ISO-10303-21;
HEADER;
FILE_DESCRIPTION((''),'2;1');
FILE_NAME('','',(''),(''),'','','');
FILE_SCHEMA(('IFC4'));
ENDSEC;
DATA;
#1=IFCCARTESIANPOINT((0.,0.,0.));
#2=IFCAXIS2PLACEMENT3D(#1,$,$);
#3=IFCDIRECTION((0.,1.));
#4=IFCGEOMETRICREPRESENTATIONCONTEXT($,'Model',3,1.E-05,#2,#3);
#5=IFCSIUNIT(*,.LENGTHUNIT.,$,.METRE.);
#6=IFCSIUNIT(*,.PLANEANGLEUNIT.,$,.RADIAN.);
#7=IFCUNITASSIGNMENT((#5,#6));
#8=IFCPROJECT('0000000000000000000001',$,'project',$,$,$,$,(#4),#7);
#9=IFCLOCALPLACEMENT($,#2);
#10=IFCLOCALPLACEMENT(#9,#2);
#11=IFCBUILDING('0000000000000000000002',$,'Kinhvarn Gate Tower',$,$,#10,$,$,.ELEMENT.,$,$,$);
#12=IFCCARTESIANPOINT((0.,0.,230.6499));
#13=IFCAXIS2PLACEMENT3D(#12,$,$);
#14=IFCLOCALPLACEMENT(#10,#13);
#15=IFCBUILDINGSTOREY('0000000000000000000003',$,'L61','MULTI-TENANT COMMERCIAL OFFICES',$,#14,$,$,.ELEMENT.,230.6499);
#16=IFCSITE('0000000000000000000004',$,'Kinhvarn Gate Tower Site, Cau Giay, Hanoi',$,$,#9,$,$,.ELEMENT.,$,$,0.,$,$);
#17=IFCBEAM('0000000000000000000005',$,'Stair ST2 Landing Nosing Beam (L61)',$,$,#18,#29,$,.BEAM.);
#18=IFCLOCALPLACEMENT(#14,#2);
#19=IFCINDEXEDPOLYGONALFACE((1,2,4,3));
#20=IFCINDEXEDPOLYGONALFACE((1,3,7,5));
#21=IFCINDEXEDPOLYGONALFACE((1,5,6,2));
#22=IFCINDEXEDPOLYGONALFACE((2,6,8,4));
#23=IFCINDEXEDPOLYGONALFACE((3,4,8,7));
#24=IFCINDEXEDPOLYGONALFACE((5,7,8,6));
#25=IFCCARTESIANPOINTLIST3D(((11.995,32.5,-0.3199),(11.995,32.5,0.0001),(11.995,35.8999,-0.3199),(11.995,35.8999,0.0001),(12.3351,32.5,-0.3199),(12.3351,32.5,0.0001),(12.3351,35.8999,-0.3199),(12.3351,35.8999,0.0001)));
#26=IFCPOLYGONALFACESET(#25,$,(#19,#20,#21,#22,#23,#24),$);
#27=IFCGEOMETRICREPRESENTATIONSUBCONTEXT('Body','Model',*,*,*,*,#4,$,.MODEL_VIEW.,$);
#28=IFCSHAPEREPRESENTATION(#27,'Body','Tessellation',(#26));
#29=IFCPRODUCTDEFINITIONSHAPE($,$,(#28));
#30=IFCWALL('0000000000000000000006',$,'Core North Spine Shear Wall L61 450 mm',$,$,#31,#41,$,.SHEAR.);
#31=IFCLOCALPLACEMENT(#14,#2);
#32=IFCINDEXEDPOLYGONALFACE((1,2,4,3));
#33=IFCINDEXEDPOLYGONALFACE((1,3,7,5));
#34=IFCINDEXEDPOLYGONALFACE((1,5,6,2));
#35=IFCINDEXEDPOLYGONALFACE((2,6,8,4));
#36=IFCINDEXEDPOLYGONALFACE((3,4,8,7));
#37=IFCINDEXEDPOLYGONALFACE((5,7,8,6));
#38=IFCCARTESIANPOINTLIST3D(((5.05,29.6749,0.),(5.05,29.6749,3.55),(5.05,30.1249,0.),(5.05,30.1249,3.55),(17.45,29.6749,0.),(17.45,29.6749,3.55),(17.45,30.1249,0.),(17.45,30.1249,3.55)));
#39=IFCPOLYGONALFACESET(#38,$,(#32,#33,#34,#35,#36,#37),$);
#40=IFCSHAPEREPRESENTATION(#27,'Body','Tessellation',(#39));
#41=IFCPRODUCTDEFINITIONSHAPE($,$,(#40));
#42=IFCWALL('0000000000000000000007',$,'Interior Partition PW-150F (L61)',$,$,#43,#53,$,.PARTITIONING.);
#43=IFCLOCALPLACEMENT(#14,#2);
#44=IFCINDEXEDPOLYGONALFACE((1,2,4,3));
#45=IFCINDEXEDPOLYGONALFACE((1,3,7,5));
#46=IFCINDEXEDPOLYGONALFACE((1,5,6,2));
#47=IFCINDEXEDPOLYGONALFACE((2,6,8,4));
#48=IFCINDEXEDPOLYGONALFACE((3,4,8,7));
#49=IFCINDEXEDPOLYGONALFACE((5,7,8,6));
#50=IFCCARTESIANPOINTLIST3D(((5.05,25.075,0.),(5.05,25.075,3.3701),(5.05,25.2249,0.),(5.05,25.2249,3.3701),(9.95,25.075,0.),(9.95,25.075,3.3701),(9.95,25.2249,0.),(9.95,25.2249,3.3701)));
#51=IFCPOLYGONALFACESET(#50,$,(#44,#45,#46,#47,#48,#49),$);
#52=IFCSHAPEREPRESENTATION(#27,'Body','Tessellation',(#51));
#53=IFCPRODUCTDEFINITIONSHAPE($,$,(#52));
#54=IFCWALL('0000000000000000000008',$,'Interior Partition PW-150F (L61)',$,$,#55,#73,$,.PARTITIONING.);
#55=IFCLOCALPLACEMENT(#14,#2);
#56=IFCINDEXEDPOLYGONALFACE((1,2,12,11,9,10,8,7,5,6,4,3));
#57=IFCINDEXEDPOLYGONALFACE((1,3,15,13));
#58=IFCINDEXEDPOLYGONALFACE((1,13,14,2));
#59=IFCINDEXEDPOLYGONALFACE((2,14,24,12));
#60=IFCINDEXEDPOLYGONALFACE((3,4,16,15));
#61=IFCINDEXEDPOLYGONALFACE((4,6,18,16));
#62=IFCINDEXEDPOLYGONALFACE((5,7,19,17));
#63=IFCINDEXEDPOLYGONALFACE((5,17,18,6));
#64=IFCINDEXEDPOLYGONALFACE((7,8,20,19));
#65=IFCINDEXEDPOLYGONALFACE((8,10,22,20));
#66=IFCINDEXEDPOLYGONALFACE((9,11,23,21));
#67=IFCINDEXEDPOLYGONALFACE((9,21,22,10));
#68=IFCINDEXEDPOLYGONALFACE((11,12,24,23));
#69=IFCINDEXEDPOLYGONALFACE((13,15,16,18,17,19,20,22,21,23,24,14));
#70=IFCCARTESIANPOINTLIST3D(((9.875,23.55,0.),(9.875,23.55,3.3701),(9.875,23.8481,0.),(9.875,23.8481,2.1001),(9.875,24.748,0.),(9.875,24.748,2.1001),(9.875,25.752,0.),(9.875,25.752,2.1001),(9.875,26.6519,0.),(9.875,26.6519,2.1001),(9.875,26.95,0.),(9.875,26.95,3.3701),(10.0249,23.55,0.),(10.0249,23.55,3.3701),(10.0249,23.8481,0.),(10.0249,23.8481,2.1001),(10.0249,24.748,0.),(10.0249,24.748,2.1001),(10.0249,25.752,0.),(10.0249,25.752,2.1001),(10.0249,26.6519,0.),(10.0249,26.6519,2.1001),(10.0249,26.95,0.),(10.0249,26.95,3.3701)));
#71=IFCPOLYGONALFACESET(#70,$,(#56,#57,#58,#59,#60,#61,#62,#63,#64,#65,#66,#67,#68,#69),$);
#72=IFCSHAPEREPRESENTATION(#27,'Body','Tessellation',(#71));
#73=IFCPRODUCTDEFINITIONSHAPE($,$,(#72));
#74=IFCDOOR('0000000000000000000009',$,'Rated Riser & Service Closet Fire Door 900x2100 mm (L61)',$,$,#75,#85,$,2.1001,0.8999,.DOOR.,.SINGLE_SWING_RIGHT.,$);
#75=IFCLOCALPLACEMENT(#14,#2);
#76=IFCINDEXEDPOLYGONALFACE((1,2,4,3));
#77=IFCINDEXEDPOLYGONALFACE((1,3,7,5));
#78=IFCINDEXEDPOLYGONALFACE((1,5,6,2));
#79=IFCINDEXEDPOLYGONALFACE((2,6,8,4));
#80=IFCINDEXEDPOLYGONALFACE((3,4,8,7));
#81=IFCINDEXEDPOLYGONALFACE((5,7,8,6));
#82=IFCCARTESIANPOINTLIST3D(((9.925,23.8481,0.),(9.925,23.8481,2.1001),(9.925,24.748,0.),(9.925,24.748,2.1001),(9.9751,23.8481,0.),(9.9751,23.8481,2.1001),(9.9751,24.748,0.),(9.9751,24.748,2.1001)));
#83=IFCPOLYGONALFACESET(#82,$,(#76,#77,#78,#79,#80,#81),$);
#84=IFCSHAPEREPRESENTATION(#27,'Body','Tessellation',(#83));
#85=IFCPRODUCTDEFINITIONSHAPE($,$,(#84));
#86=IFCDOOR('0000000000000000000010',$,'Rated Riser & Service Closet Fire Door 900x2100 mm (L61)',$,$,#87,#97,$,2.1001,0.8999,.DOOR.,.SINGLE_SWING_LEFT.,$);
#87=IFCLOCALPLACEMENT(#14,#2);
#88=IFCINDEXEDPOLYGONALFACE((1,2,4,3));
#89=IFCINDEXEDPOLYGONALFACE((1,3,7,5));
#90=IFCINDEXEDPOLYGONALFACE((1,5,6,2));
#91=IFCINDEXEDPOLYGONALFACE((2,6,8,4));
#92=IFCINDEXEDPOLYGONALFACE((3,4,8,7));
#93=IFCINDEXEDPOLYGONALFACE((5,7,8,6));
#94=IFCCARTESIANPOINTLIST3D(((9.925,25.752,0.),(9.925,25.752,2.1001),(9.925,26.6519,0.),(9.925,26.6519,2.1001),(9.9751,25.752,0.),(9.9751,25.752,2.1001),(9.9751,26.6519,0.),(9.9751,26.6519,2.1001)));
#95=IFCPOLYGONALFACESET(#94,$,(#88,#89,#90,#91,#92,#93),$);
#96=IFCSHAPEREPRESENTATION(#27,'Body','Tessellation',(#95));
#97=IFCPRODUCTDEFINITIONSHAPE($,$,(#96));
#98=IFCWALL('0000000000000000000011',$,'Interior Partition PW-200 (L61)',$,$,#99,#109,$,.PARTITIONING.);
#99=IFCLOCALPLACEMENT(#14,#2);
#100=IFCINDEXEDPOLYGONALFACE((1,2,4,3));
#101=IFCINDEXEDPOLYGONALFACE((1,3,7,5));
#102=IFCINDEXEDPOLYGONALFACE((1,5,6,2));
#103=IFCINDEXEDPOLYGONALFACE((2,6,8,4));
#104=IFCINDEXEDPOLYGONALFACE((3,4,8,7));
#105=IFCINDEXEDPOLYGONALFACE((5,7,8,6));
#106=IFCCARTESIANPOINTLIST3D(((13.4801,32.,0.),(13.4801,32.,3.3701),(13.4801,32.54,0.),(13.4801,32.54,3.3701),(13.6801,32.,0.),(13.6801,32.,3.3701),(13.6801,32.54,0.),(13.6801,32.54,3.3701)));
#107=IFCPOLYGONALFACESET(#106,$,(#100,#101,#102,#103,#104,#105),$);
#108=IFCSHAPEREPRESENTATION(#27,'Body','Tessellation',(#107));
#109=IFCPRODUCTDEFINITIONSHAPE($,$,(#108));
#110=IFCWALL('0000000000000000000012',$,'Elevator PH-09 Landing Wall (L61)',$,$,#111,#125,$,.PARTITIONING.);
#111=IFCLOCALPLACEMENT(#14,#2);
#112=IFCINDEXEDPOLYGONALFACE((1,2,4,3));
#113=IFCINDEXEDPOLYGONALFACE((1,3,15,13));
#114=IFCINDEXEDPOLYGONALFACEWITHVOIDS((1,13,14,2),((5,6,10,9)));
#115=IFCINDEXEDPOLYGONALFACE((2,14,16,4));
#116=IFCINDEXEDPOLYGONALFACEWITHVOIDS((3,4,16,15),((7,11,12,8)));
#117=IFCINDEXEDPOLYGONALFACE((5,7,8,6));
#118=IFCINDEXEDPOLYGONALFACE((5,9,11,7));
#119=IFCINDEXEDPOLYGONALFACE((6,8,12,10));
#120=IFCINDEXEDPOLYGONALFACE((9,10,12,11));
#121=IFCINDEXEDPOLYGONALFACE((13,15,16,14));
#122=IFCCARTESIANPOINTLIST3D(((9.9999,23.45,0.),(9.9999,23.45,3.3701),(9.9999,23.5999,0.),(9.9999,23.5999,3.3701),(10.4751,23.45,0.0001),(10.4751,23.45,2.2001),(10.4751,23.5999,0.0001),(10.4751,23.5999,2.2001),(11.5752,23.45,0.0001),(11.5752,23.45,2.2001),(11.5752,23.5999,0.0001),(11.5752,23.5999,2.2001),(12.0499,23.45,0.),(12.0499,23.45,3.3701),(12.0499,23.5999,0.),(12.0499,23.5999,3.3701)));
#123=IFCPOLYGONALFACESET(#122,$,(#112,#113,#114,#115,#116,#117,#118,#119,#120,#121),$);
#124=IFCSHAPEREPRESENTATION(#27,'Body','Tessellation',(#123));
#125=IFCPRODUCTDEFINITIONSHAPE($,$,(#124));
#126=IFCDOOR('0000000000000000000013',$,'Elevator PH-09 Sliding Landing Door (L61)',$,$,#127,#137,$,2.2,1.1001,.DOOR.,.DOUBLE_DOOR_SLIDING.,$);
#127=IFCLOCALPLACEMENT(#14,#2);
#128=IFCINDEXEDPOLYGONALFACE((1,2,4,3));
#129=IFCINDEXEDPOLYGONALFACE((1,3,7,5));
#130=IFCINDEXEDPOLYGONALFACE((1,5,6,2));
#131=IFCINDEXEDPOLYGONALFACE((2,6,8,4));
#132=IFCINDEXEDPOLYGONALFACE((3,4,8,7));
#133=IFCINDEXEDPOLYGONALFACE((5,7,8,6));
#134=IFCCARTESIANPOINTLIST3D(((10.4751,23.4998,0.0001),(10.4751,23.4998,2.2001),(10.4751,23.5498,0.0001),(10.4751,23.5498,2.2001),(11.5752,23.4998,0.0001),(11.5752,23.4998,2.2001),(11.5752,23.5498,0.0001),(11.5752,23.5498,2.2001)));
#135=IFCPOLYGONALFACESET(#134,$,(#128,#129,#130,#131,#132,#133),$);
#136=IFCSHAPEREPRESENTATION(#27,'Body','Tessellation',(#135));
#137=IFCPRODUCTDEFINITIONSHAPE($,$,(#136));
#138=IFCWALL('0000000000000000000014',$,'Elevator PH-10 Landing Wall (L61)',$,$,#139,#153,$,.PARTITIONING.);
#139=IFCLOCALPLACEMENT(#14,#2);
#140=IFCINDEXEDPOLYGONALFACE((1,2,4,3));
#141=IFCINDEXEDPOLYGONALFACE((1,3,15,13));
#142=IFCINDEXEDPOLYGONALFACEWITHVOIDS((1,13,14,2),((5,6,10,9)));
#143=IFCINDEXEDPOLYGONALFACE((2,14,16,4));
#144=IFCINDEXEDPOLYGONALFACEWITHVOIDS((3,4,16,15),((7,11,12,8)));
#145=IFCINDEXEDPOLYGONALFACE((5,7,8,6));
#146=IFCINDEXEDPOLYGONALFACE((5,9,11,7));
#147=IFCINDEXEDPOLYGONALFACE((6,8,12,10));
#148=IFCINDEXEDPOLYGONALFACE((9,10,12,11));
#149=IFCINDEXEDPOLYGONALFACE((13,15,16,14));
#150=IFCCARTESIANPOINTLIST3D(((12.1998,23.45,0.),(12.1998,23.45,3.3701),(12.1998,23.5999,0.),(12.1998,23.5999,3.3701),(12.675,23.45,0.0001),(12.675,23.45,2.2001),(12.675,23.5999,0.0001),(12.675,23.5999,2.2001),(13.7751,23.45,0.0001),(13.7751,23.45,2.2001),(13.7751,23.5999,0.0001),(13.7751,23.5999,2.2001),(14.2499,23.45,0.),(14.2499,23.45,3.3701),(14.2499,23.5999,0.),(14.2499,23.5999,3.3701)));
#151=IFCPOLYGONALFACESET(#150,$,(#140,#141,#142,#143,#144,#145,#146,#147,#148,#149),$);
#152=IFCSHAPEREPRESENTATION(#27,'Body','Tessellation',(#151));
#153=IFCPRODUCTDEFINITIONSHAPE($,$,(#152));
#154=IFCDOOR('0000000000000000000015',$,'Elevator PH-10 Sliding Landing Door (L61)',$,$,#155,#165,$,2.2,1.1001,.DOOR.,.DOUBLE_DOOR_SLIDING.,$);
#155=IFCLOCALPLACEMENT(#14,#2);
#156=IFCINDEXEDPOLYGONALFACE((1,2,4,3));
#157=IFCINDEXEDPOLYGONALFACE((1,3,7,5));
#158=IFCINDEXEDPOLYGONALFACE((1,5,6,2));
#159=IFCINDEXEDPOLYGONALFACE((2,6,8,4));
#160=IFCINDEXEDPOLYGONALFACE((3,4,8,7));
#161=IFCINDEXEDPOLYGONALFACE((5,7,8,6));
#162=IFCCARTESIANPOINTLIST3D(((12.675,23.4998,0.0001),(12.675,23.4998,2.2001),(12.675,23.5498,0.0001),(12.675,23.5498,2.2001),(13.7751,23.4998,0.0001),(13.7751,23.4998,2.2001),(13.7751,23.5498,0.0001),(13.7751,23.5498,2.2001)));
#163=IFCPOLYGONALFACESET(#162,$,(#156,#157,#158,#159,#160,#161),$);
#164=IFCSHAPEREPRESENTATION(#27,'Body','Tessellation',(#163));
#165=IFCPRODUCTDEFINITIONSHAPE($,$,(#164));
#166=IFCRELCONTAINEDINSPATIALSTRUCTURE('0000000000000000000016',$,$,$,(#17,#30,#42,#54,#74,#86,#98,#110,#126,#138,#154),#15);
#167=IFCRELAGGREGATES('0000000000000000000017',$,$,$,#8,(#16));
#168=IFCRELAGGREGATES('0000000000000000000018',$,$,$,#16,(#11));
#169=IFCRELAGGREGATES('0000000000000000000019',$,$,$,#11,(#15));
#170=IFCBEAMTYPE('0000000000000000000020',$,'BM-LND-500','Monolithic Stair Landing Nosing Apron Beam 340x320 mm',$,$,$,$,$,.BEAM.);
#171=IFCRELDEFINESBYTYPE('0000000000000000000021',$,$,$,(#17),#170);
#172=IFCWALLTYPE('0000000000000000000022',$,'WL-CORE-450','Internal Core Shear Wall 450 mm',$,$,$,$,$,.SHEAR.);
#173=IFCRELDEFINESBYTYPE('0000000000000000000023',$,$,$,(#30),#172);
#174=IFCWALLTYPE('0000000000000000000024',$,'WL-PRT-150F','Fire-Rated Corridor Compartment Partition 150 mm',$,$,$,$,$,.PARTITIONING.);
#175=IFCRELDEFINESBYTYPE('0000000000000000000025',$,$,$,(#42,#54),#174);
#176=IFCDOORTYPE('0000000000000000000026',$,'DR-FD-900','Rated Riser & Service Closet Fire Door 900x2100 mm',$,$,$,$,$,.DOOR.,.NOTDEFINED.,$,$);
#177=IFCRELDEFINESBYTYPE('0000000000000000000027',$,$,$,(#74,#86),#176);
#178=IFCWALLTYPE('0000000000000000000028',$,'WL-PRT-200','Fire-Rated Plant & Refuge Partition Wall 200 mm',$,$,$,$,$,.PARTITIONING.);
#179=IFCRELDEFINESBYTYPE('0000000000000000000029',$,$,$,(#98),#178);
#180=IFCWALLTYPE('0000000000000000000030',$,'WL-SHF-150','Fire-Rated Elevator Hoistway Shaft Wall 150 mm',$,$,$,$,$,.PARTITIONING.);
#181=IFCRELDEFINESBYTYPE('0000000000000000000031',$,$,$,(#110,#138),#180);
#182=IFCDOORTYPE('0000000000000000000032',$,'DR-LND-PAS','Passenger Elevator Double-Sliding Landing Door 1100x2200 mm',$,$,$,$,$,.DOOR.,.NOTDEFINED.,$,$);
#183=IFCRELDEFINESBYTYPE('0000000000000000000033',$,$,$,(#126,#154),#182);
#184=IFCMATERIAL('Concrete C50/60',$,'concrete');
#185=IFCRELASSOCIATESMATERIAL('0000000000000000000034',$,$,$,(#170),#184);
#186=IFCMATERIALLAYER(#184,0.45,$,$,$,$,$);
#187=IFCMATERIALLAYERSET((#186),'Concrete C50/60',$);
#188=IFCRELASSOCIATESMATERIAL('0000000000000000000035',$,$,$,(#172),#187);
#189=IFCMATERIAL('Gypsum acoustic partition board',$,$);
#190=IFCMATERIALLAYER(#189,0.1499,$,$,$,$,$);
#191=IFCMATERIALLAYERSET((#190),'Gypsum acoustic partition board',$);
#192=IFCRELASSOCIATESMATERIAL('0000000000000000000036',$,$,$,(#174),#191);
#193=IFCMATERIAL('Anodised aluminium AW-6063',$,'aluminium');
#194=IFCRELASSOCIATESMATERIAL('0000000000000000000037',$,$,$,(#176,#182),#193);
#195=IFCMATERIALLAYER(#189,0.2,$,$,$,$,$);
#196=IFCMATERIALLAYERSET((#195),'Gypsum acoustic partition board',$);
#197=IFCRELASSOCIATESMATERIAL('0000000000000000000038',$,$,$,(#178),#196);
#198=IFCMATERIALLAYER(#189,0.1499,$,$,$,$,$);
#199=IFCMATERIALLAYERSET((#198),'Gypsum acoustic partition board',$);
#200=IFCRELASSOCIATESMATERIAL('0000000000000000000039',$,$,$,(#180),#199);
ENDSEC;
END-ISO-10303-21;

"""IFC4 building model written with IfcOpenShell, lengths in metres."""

from ifc_helpers import new_model, si_unit, direction, frame, frame_2d, origin, origin_2d, place, context, subcontext, project, spatial, rectangle, extrude, material, layer, layer_set, material_profile, profile_set, type_object, element, fill, save


model = new_model("IFC4")

# Units and contexts
model_context = context("Model", 3, precision=1e-05, world=origin(), true_north=direction((0.0, 1.0)))
body_context = subcontext(model_context, "Body", "Model", "MODEL_VIEW")
ifc_project = project(units=[si_unit("LENGTHUNIT", "METRE"), si_unit("PLANEANGLEUNIT", "RADIAN")], contexts=[model_context])

# Site, building, storey
site_placement = place(None, origin())
site = spatial("IfcSite", under=ifc_project, at=site_placement, Name="Kinhvarn Gate Tower Site, Cau Giay, Hanoi", CompositionType="ELEMENT", RefElevation=0.0)
building_placement = place(site_placement, origin())
building = spatial("IfcBuilding", under=site, at=building_placement, Name="Kinhvarn Gate Tower", CompositionType="ELEMENT")
storey_placement = place(building_placement, frame((0.0, 0.0, 230.6499)))
storey = spatial("IfcBuildingStorey", under=building, at=storey_placement, Name="L61", Description="MULTI-TENANT COMMERCIAL OFFICES", CompositionType="ELEMENT", Elevation=230.6499)

# Beam
ifc_material_1 = material(Name="Concrete C50/60", Category="concrete")
ifc_material_profile = material_profile(ifc_material_1, rectangle(XDim=0.3401, YDim=0.3201, at=origin_2d()), Name="RC 340x320")
ifc_profile_set = profile_set([ifc_material_profile], Name="Concrete C50/60")
beam_type = type_object("IfcBeamType", Name="BM-LND-500", Description="Monolithic Stair Landing Nosing Apron Beam 340x320 mm", PredefinedType="BEAM", material=ifc_profile_set)
beam_placement = place(storey_placement, frame((12.165, 32.5, -0.1599), z_axis=(0.0, 1.0, 0.0), x_axis=(-1.0, 0.0, 0.0)))
element("IfcBeam", 1, at=beam_placement, inside=storey, type_object=beam_type, Name="Stair ST2 Landing Nosing Beam (L61)", PredefinedType="BEAM", context=body_context, shape_type="SweptSolid", body=[
    extrude(rectangle(XDim=0.3401, YDim=0.3201, at=origin_2d()), origin(), (0.0, 0.0, 1.0), 3.3999),
])

# Walls
ifc_layer_1 = layer(ifc_material_1, 0.45)
ifc_layer_set_1 = layer_set([ifc_layer_1], Name="Concrete C50/60")
wall_type_1 = type_object("IfcWallType", Name="WL-CORE-450", Description="Internal Core Shear Wall 450 mm", PredefinedType="SHEAR", material=ifc_layer_set_1)
wall_1_placement = place(storey_placement, frame((5.05, 29.8999, 0.0), z_axis=(0.0, 0.0, 1.0), x_axis=(1.0, 0.0, 0.0)))
element("IfcWall", 2, at=wall_1_placement, inside=storey, type_object=wall_type_1, Name="Core North Spine Shear Wall L61 450 mm", PredefinedType="SHEAR", context=body_context, shape_type="SweptSolid", body=[
    extrude(rectangle(XDim=12.3999, YDim=0.45, at=frame_2d((6.2, 0.0))), origin(), (0.0, 0.0, 1.0), 3.55),
])
ifc_material_2 = material(Name="Gypsum acoustic partition board")
ifc_layer_2 = layer(ifc_material_2, 0.1499)
ifc_layer_set_2 = layer_set([ifc_layer_2], Name="Gypsum acoustic partition board")
wall_type_2 = type_object("IfcWallType", Name="WL-PRT-150F", Description="Fire-Rated Corridor Compartment Partition 150 mm", PredefinedType="PARTITIONING", material=ifc_layer_set_2)
wall_2_placement = place(storey_placement, frame((5.05, 25.1499, 0.0), z_axis=(0.0, 0.0, 1.0), x_axis=(1.0, 0.0, 0.0)))
element("IfcWall", 3, at=wall_2_placement, inside=storey, type_object=wall_type_2, Name="Interior Partition PW-150F (L61)", PredefinedType="PARTITIONING", context=body_context, shape_type="SweptSolid", body=[
    extrude(rectangle(XDim=4.8999, YDim=0.1499, at=frame_2d((2.45, 0.0))), origin(), (0.0, 0.0, 1.0), 3.3701),
])

# Wall, openings, doors
wall_3_placement = place(storey_placement, frame((9.95, 23.55, 0.0), z_axis=(0.0, 0.0, 1.0), x_axis=(0.0, 1.0, 0.0)))
wall_3 = element("IfcWall", 4, at=wall_3_placement, inside=storey, type_object=wall_type_2, Name="Interior Partition PW-150F (L61)", PredefinedType="PARTITIONING", context=body_context, shape_type="SweptSolid", body=[
    extrude(rectangle(XDim=3.3999, YDim=0.1499, at=frame_2d((1.7, 0.0))), origin(), (0.0, 0.0, 1.0), 3.3701),
])
opening_1_placement = place(wall_3_placement, frame((0.2981, 0.0, 0.0)))
opening_1 = element("IfcOpeningElement", 5, at=opening_1_placement, cuts=wall_3, PredefinedType="OPENING", context=body_context, shape_type="SweptSolid", body=[
    extrude(rectangle(XDim=0.8999, YDim=2.1001, at=frame_2d((0.45, 1.05))), frame((0.0, 0.085, 0.0), z_axis=(0.0, -1.0, 0.0), x_axis=(1.0, 0.0, 0.0)), (0.0, 0.0, 1.0), 0.1699),
])
opening_2_placement = place(wall_3_placement, frame((2.2019, 0.0, 0.0)))
opening_2 = element("IfcOpeningElement", 6, at=opening_2_placement, cuts=wall_3, PredefinedType="OPENING", context=body_context, shape_type="SweptSolid", body=[
    extrude(rectangle(XDim=0.8999, YDim=2.1001, at=frame_2d((0.45, 1.05))), frame((0.0, 0.085, 0.0), z_axis=(0.0, -1.0, 0.0), x_axis=(1.0, 0.0, 0.0)), (0.0, 0.0, 1.0), 0.1699),
])
ifc_material_3 = material(Name="Anodised aluminium AW-6063", Category="aluminium")
door_type_1 = type_object("IfcDoorType", Name="DR-FD-900", Description="Rated Riser & Service Closet Fire Door 900x2100 mm", OperationType="NOTDEFINED", PredefinedType="DOOR", material=ifc_material_3)
door_1_placement = place(opening_1_placement, origin())
door_1 = element("IfcDoor", 7, at=door_1_placement, inside=storey, type_object=door_type_1, Name="Rated Riser & Service Closet Fire Door 900x2100 mm (L61)", OperationType="SINGLE_SWING_RIGHT", OverallHeight=2.1001, OverallWidth=0.8999, PredefinedType="DOOR", context=body_context, shape_type="SweptSolid", body=[
    extrude(rectangle(XDim=0.8999, YDim=2.1001, at=frame_2d((0.45, 1.05))), frame((0.0, 0.0249, 0.0), z_axis=(0.0, -1.0, 0.0), x_axis=(1.0, 0.0, 0.0)), (0.0, 0.0, 1.0), 0.05),
])
fill(opening_1, door_1)
door_2_placement = place(opening_2_placement, origin())
door_2 = element("IfcDoor", 8, at=door_2_placement, inside=storey, type_object=door_type_1, Name="Rated Riser & Service Closet Fire Door 900x2100 mm (L61)", OperationType="SINGLE_SWING_LEFT", OverallHeight=2.1001, OverallWidth=0.8999, PredefinedType="DOOR", context=body_context, shape_type="SweptSolid", body=[
    extrude(rectangle(XDim=0.8999, YDim=2.1001, at=frame_2d((0.45, 1.05))), frame((0.0, 0.0249, 0.0), z_axis=(0.0, -1.0, 0.0), x_axis=(1.0, 0.0, 0.0)), (0.0, 0.0, 1.0), 0.05),
])
fill(opening_2, door_2)

# Wall
ifc_layer_3 = layer(ifc_material_2, 0.2)
ifc_layer_set_3 = layer_set([ifc_layer_3], Name="Gypsum acoustic partition board")
wall_type_3 = type_object("IfcWallType", Name="WL-PRT-200", Description="Fire-Rated Plant & Refuge Partition Wall 200 mm", PredefinedType="PARTITIONING", material=ifc_layer_set_3)
wall_4_placement = place(storey_placement, frame((13.5801, 32.0, 0.0), z_axis=(0.0, 0.0, 1.0), x_axis=(0.0, 1.0, 0.0)))
element("IfcWall", 9, at=wall_4_placement, inside=storey, type_object=wall_type_3, Name="Interior Partition PW-200 (L61)", PredefinedType="PARTITIONING", context=body_context, shape_type="SweptSolid", body=[
    extrude(rectangle(XDim=0.54, YDim=0.2, at=frame_2d((0.27, 0.0))), origin(), (0.0, 0.0, 1.0), 3.3701),
])

# Walls, openings, doors
ifc_layer_4 = layer(ifc_material_2, 0.1499)
ifc_layer_set_4 = layer_set([ifc_layer_4], Name="Gypsum acoustic partition board")
wall_type_4 = type_object("IfcWallType", Name="WL-SHF-150", Description="Fire-Rated Elevator Hoistway Shaft Wall 150 mm", PredefinedType="PARTITIONING", material=ifc_layer_set_4)
wall_5_placement = place(storey_placement, frame((10.0, 23.5249, 0.0), z_axis=(0.0, 0.0, 1.0), x_axis=(1.0, 0.0, 0.0)))
wall_5 = element("IfcWall", 10, at=wall_5_placement, inside=storey, type_object=wall_type_4, Name="Elevator PH-09 Landing Wall (L61)", PredefinedType="PARTITIONING", context=body_context, shape_type="SweptSolid", body=[
    extrude(rectangle(XDim=2.05, YDim=0.1499, at=frame_2d((1.0249, 0.0))), origin(), (0.0, 0.0, 1.0), 3.3701),
])
opening_3_placement = place(wall_5_placement, frame((0.4751, 0.0, 0.0)))
opening_3 = element("IfcOpeningElement", 11, at=opening_3_placement, cuts=wall_5, PredefinedType="OPENING", context=body_context, shape_type="SweptSolid", body=[
    extrude(rectangle(XDim=1.1001, YDim=2.2, at=frame_2d((0.55, 1.1001))), frame((0.0, 0.085, 0.0), z_axis=(0.0, -1.0, 0.0), x_axis=(1.0, 0.0, 0.0)), (0.0, 0.0, 1.0), 0.1699),
])
door_type_2 = type_object("IfcDoorType", Name="DR-LND-PAS", Description="Passenger Elevator Double-Sliding Landing Door 1100x2200 mm", OperationType="NOTDEFINED", PredefinedType="DOOR", material=ifc_material_3)
door_3_placement = place(opening_3_placement, origin())
door_3 = element("IfcDoor", 12, at=door_3_placement, inside=storey, type_object=door_type_2, Name="Elevator PH-09 Sliding Landing Door (L61)", OperationType="DOUBLE_DOOR_SLIDING", OverallHeight=2.2, OverallWidth=1.1001, PredefinedType="DOOR", context=body_context, shape_type="SweptSolid", body=[
    extrude(rectangle(XDim=1.1001, YDim=2.2, at=frame_2d((0.55, 1.1001))), frame((0.0, 0.0249, 0.0), z_axis=(0.0, -1.0, 0.0), x_axis=(1.0, 0.0, 0.0)), (0.0, 0.0, 1.0), 0.05),
])
fill(opening_3, door_3)
wall_6_placement = place(storey_placement, frame((12.2, 23.5249, 0.0), z_axis=(0.0, 0.0, 1.0), x_axis=(1.0, 0.0, 0.0)))
wall_6 = element("IfcWall", 13, at=wall_6_placement, inside=storey, type_object=wall_type_4, Name="Elevator PH-10 Landing Wall (L61)", PredefinedType="PARTITIONING", context=body_context, shape_type="SweptSolid", body=[
    extrude(rectangle(XDim=2.05, YDim=0.1499, at=frame_2d((1.0249, 0.0))), origin(), (0.0, 0.0, 1.0), 3.3701),
])
opening_4_placement = place(wall_6_placement, frame((0.4751, 0.0, 0.0)))
opening_4 = element("IfcOpeningElement", 14, at=opening_4_placement, cuts=wall_6, PredefinedType="OPENING", context=body_context, shape_type="SweptSolid", body=[
    extrude(rectangle(XDim=1.1001, YDim=2.2, at=frame_2d((0.55, 1.1001))), frame((0.0, 0.085, 0.0), z_axis=(0.0, -1.0, 0.0), x_axis=(1.0, 0.0, 0.0)), (0.0, 0.0, 1.0), 0.1699),
])
door_4_placement = place(opening_4_placement, origin())
door_4 = element("IfcDoor", 15, at=door_4_placement, inside=storey, type_object=door_type_2, Name="Elevator PH-10 Sliding Landing Door (L61)", OperationType="DOUBLE_DOOR_SLIDING", OverallHeight=2.2, OverallWidth=1.1001, PredefinedType="DOOR", context=body_context, shape_type="SweptSolid", body=[
    extrude(rectangle(XDim=1.1001, YDim=2.2, at=frame_2d((0.55, 1.1001))), frame((0.0, 0.0249, 0.0), z_axis=(0.0, -1.0, 0.0), x_axis=(1.0, 0.0, 0.0)), (0.0, 0.0, 1.0), 0.05),
])
fill(opening_4, door_4)

save(model, "model.ifc")
